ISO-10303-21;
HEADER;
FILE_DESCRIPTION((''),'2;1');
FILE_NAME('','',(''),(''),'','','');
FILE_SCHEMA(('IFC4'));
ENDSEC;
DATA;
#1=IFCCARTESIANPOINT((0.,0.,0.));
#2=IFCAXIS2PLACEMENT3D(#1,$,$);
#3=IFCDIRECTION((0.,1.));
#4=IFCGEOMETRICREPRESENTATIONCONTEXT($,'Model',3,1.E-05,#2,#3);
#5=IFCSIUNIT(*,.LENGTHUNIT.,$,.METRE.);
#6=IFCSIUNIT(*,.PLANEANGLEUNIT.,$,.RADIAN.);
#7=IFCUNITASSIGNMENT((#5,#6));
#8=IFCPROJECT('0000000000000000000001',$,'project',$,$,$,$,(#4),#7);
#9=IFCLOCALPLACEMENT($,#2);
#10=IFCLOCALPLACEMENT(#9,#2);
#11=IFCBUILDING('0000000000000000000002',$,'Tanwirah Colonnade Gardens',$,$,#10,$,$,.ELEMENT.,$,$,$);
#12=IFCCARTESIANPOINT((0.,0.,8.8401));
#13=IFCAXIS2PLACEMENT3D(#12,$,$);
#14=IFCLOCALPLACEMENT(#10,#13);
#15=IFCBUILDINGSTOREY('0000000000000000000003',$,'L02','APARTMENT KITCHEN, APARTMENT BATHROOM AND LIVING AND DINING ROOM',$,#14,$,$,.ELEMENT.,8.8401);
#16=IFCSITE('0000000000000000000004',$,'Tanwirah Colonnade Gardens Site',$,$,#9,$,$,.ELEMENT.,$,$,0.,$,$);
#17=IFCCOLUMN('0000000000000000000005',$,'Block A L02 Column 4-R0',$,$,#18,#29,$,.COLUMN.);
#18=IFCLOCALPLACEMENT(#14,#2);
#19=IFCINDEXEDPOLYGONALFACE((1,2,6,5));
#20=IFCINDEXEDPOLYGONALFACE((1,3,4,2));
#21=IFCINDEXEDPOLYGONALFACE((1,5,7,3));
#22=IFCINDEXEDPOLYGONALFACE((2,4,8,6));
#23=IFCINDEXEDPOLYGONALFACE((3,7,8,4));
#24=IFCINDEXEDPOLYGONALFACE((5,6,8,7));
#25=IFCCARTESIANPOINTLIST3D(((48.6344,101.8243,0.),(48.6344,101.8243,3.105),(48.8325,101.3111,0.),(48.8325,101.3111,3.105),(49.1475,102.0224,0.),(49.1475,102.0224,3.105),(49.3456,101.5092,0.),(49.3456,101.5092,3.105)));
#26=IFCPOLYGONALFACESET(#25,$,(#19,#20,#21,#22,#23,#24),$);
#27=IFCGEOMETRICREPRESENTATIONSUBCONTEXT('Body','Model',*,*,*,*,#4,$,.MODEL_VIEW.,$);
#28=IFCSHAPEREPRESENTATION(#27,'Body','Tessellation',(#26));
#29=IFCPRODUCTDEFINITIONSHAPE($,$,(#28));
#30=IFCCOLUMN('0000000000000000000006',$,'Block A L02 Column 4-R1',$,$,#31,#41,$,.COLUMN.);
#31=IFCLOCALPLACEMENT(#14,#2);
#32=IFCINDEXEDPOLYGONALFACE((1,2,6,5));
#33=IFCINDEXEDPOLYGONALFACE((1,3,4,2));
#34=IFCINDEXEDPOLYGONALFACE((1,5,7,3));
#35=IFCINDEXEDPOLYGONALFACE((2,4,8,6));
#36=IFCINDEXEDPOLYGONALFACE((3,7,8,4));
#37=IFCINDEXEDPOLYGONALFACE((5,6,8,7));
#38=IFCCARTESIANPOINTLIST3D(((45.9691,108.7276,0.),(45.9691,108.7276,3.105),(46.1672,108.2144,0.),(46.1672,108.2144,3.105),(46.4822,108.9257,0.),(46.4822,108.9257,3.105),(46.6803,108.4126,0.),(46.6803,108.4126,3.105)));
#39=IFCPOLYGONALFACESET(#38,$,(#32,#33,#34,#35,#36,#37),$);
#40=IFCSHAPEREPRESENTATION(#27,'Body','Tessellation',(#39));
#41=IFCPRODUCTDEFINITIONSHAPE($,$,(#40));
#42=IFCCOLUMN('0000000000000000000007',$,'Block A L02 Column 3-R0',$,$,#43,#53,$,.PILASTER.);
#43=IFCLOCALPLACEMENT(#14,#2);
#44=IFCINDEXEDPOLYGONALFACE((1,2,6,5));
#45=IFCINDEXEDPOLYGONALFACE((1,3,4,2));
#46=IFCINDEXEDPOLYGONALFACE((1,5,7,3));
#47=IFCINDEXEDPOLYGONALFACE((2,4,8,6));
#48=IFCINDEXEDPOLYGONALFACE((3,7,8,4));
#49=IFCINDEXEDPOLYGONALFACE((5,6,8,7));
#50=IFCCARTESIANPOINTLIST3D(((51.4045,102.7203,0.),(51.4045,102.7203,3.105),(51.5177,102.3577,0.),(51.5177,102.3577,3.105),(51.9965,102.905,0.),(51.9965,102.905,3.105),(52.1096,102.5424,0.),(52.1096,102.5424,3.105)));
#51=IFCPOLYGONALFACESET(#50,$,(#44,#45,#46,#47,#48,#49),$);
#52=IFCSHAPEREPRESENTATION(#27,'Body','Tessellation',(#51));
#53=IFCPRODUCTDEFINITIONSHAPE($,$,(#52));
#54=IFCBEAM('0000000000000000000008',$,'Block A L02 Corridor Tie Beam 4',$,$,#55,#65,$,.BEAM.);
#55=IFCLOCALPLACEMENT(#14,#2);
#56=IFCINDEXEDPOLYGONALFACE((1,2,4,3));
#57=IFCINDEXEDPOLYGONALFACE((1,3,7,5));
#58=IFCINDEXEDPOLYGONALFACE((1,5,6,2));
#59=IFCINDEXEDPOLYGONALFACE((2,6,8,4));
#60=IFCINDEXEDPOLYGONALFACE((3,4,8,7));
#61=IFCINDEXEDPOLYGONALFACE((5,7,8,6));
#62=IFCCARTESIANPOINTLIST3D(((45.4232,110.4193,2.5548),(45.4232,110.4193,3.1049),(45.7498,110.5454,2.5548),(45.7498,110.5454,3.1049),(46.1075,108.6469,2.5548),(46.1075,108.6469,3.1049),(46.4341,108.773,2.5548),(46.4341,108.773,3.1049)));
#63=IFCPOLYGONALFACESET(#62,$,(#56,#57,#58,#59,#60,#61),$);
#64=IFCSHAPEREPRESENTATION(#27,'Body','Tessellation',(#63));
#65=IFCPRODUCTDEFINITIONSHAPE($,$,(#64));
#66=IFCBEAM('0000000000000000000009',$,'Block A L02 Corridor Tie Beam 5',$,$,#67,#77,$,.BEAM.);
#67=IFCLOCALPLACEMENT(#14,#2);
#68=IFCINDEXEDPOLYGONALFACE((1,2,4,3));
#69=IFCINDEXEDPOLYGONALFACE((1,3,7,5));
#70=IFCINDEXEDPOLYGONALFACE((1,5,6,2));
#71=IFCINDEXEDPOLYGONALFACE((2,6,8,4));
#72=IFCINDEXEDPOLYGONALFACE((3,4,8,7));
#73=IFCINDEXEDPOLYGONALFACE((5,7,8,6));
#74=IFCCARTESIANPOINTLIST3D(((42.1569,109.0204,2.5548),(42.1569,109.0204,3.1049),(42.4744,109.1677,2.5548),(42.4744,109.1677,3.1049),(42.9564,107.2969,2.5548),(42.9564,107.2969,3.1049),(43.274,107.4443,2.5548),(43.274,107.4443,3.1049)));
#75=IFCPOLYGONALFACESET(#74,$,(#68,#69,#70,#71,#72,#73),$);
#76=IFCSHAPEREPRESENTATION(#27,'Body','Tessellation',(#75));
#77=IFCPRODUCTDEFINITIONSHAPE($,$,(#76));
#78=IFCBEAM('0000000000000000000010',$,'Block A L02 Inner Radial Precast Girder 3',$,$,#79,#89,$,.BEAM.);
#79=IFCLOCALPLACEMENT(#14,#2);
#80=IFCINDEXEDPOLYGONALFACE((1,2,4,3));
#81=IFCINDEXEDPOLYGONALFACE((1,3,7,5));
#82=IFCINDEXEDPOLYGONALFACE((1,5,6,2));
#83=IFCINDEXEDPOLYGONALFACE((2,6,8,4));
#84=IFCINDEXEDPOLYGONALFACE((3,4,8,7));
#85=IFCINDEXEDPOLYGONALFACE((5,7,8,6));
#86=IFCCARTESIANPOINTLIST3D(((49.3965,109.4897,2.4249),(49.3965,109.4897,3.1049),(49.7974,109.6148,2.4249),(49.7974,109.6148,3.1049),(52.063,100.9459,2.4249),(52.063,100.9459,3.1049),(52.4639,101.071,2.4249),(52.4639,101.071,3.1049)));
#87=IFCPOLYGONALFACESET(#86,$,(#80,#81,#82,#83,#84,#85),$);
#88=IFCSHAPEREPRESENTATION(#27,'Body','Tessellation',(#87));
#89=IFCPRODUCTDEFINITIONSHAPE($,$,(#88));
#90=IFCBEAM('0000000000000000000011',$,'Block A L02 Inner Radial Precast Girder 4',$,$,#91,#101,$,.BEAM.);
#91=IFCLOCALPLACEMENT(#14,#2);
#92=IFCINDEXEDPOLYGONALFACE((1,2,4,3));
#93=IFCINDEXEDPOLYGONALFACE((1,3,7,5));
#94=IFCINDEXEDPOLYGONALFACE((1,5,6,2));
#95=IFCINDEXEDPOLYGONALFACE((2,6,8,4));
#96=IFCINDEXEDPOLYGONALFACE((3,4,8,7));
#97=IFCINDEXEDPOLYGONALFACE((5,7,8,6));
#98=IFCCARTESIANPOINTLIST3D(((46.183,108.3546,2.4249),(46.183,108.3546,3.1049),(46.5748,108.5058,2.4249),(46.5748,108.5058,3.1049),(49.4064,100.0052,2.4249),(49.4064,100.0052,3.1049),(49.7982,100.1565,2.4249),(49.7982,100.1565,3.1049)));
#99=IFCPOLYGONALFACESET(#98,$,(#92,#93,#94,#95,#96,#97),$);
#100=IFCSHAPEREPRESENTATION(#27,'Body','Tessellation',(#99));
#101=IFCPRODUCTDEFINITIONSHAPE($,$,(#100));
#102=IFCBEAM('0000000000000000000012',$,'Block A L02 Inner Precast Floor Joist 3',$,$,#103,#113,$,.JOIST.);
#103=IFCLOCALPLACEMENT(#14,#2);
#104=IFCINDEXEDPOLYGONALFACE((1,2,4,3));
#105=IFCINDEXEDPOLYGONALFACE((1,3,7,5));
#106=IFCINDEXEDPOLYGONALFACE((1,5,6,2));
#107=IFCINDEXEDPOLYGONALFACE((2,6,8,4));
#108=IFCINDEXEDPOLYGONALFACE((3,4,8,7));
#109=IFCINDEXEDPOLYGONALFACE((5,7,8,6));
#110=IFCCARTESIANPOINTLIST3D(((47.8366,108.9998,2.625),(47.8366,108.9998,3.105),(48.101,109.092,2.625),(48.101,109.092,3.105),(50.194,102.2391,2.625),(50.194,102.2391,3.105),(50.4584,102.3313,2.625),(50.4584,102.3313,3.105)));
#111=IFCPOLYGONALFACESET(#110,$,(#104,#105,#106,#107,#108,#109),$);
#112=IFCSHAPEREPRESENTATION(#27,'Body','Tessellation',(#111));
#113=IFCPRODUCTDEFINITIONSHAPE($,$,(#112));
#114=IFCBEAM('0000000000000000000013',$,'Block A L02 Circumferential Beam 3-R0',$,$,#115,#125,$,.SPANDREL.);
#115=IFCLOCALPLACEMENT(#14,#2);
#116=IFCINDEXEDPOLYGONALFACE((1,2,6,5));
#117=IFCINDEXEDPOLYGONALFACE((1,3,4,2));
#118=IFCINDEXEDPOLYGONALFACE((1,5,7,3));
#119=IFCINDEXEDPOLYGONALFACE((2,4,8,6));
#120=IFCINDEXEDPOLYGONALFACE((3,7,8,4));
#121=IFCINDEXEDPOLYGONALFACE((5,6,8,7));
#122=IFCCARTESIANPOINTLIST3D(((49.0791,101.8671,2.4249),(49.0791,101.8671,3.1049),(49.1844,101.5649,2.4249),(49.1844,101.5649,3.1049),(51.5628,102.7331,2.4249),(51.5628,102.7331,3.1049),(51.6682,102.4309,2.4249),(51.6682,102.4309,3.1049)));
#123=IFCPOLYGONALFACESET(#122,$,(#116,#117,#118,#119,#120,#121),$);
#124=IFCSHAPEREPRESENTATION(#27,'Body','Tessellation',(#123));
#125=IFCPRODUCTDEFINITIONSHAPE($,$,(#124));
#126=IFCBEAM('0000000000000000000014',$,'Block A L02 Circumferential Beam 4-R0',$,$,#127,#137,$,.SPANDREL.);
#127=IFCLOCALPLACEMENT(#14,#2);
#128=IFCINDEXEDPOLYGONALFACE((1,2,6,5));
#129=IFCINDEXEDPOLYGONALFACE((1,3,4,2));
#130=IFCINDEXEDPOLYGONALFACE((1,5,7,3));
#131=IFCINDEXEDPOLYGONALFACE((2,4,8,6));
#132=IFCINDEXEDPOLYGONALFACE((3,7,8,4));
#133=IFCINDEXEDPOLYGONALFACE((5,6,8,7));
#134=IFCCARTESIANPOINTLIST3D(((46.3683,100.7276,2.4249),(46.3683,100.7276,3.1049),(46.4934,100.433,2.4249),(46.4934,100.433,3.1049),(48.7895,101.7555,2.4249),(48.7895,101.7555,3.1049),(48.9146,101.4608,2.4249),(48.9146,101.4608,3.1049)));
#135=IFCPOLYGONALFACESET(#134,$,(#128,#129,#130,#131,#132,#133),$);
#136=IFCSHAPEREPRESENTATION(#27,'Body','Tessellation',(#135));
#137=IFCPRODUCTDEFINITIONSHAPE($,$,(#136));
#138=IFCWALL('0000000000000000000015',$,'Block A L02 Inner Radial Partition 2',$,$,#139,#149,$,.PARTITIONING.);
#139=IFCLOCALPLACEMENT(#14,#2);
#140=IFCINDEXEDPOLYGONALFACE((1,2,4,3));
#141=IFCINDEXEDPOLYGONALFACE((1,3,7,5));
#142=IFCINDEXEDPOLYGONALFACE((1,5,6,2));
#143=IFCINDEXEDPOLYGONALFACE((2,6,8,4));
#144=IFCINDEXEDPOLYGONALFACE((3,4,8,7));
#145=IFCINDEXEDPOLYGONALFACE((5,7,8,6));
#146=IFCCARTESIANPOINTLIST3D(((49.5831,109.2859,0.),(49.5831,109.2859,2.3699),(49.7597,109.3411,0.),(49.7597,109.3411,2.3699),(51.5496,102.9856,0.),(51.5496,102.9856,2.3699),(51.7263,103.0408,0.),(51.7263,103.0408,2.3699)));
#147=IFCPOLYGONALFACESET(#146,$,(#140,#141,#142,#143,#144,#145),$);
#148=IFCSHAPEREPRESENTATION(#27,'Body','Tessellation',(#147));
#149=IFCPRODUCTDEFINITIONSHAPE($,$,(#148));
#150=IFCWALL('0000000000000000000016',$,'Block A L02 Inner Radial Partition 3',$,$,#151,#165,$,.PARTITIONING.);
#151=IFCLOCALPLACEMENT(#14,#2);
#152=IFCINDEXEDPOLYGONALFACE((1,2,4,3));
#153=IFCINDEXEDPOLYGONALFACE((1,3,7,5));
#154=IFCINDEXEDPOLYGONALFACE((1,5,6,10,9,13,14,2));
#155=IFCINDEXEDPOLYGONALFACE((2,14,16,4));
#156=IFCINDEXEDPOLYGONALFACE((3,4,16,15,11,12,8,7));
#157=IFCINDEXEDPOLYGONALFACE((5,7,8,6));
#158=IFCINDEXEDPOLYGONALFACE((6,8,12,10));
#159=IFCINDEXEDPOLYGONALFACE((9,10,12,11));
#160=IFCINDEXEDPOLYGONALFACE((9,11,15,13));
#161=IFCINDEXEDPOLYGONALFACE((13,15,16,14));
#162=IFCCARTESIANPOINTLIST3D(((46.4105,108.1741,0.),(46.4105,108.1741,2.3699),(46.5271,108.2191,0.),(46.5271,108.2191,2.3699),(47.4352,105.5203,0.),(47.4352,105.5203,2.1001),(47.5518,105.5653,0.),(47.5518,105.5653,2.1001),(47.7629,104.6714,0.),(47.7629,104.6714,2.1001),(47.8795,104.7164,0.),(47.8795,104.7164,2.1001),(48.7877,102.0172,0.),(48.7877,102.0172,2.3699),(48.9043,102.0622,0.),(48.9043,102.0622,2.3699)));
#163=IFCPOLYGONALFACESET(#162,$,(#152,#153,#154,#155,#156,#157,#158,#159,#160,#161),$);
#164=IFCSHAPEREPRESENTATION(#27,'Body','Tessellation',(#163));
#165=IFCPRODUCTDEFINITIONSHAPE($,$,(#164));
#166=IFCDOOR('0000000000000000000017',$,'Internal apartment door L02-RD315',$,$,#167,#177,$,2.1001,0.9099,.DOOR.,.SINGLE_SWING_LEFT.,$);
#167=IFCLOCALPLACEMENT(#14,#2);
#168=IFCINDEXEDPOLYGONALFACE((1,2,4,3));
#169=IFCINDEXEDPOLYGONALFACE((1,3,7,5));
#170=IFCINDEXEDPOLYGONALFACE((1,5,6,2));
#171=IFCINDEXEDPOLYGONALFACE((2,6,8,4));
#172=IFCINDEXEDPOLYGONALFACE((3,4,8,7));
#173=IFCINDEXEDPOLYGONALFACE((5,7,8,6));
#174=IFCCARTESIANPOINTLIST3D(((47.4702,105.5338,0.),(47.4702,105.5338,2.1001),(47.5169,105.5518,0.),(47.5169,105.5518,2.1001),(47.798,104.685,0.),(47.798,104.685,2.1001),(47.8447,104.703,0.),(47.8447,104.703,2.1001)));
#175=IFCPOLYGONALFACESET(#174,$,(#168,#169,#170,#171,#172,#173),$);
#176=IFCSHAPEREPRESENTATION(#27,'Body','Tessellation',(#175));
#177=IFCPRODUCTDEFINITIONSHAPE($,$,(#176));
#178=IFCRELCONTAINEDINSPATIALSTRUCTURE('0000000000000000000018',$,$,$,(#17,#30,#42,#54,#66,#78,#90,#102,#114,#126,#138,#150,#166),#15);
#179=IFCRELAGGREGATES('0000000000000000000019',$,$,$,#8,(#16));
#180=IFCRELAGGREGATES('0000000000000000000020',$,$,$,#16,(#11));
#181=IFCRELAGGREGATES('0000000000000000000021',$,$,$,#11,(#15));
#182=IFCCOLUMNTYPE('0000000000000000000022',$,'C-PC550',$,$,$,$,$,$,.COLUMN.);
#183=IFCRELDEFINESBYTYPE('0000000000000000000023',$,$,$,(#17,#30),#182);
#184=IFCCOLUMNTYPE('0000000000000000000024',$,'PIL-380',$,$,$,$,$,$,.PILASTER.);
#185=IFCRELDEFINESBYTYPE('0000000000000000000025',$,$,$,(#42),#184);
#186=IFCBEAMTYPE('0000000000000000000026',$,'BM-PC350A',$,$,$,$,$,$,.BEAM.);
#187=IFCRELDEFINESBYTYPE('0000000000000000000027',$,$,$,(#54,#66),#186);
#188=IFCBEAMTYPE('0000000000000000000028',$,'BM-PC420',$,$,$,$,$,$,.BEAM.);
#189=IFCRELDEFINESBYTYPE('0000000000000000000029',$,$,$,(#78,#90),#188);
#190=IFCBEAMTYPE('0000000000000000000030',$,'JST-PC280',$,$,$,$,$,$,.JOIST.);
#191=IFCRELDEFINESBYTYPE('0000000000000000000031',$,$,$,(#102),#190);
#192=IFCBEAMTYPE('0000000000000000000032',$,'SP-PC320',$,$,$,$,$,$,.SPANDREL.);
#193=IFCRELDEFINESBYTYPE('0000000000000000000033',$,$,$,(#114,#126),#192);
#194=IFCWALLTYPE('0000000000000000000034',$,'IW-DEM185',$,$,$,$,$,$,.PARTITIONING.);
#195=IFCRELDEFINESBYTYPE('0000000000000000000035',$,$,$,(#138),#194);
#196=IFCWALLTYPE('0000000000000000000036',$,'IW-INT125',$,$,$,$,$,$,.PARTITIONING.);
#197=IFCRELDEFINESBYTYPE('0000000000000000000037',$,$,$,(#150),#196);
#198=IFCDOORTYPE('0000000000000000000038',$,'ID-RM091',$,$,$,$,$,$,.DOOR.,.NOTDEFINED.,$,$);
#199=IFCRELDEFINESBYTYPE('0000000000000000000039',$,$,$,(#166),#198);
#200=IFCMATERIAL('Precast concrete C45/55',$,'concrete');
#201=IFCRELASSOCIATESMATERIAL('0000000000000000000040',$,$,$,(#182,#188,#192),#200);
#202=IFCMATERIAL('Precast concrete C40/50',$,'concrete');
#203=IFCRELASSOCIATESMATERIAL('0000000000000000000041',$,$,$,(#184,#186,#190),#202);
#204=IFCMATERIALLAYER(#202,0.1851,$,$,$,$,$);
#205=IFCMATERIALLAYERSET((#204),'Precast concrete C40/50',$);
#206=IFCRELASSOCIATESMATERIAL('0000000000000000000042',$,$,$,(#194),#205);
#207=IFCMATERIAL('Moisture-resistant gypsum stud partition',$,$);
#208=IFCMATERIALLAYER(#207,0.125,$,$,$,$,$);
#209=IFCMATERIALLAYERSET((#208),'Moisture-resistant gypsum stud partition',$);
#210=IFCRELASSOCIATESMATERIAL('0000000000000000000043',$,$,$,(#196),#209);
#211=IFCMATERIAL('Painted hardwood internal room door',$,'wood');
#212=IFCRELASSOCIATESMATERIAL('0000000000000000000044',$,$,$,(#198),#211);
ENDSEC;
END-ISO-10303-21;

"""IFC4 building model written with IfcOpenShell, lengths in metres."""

from ifc_helpers import new_model, si_unit, direction, frame, frame_2d, origin, origin_2d, place, context, subcontext, project, spatial, rectangle, extrude, material, layer, layer_set, material_profile, profile_set, type_object, element, fill, save


model = new_model("IFC4")

# Units and contexts
model_context = context("Model", 3, precision=1e-05, world=origin(), true_north=direction((0.0, 1.0)))
body_context = subcontext(model_context, "Body", "Model", "MODEL_VIEW")
ifc_project = project(units=[si_unit("LENGTHUNIT", "METRE"), si_unit("PLANEANGLEUNIT", "RADIAN")], contexts=[model_context])

# Site, building, storey
site_placement = place(None, origin())
site = spatial("IfcSite", under=ifc_project, at=site_placement, Name="Tanwirah Colonnade Gardens Site", CompositionType="ELEMENT", RefElevation=0.0)
building_placement = place(site_placement, origin())
building = spatial("IfcBuilding", under=site, at=building_placement, Name="Tanwirah Colonnade Gardens", CompositionType="ELEMENT")
storey_placement = place(building_placement, frame((0.0, 0.0, 8.8401)))
storey = spatial("IfcBuildingStorey", under=building, at=storey_placement, Name="L02", Description="APARTMENT KITCHEN, APARTMENT BATHROOM AND LIVING AND DINING ROOM", CompositionType="ELEMENT", Elevation=8.8401)

# Columns
ifc_material_1 = material(Name="Precast concrete C45/55", Category="concrete")
ifc_material_profile_1 = material_profile(ifc_material_1, rectangle(XDim=0.55, YDim=0.55, at=origin_2d()), Name="PC-COL 550x550")
ifc_profile_set_1 = profile_set([ifc_material_profile_1], Name="Precast concrete C45/55")
column_type_1 = type_object("IfcColumnType", Name="C-PC550", PredefinedType="COLUMN", material=ifc_profile_set_1)
for number, where, z_axis, x_axis, name in (
    (1, (48.99, 101.6667, 0.0), (0.0, 0.0, 1.0), (-0.360178, 0.932884, 0.0), "Block A L02 Column 4-R0"),
    (2, (46.3247, 108.5701, 0.0), (0.0, 0.0, 1.0), (-0.360178, 0.932884, 0.0), "Block A L02 Column 4-R1"),
):
    element("IfcColumn", number, at=place(storey_placement, frame(where, z_axis=z_axis, x_axis=x_axis)), inside=storey, type_object=column_type_1, Name=name, PredefinedType="COLUMN", context=body_context, shape_type="SweptSolid", body=[
        extrude(rectangle(XDim=0.55, YDim=0.55, at=origin_2d()), origin(), (0.0, 0.0, 1.0), 3.105),
    ])
ifc_material_2 = material(Name="Precast concrete C40/50", Category="concrete")
ifc_material_profile_2 = material_profile(ifc_material_2, rectangle(XDim=0.3799, YDim=0.6201, at=origin_2d()), Name="PC-PIL 380x620")
ifc_profile_set_2 = profile_set([ifc_material_profile_2], Name="Precast concrete C40/50")
column_type_2 = type_object("IfcColumnType", Name="PIL-380", PredefinedType="PILASTER", material=ifc_profile_set_2)
column_placement = place(storey_placement, frame((51.7571, 102.6313, 0.0), z_axis=(0.0, 0.0, 1.0), x_axis=(-0.29793, 0.954588, 0.0)))
element("IfcColumn", 3, at=column_placement, inside=storey, type_object=column_type_2, Name="Block A L02 Column 3-R0", PredefinedType="PILASTER", context=body_context, shape_type="SweptSolid", body=[
    extrude(rectangle(XDim=0.3799, YDim=0.6201, at=origin_2d()), origin(), (0.0, 0.0, 1.0), 3.105),
])

# Beams
ifc_material_profile_3 = material_profile(ifc_material_2, rectangle(XDim=0.3501, YDim=0.55, at=origin_2d()), Name="PC-BM 350x550")
ifc_profile_set_3 = profile_set([ifc_material_profile_3], Name="Precast concrete C40/50")
beam_type_1 = type_object("IfcBeamType", Name="BM-PC350A", PredefinedType="BEAM", material=ifc_profile_set_3)
for number, where, z_axis, x_axis, name in (
    (4, (46.2708, 108.71, 2.8298), (-0.360176, 0.932885, 0.0), (-0.932885, -0.360176, 0.0), "Block A L02 Corridor Tie Beam 4"),
    (5, (43.1152, 107.3706, 2.8298), (-0.420858, 0.907126, 0.0), (-0.907126, -0.420858, 0.0), "Block A L02 Corridor Tie Beam 5"),
):
    element("IfcBeam", number, at=place(storey_placement, frame(where, z_axis=z_axis, x_axis=x_axis)), inside=storey, type_object=beam_type_1, Name=name, PredefinedType="BEAM", context=body_context, shape_type="SweptSolid", body=[
        extrude(rectangle(XDim=0.3501, YDim=0.55, at=origin_2d()), origin(), (0.0, 0.0, 1.0), 1.8999),
    ])
ifc_material_profile_4 = material_profile(ifc_material_1, rectangle(XDim=0.4199, YDim=0.6799, at=origin_2d()), Name="PC-BM 420x680")
ifc_profile_set_4 = profile_set([ifc_material_profile_4], Name="Precast concrete C45/55")
beam_type_2 = type_object("IfcBeamType", Name="BM-PC420", PredefinedType="BEAM", material=ifc_profile_set_4)
beam_1_placement = place(storey_placement, frame((49.5969, 109.5522, 2.7649), z_axis=(0.297929, -0.954588, 0.0), x_axis=(0.954588, 0.297929, 0.0)))
element("IfcBeam", 6, at=beam_1_placement, inside=storey, type_object=beam_type_2, Name="Block A L02 Inner Radial Precast Girder 3", PredefinedType="BEAM", context=body_context, shape_type="SweptSolid", body=[
    extrude(rectangle(XDim=0.4199, YDim=0.6799, at=origin_2d()), origin(), (0.0, 0.0, 1.0), 8.9502),
])
beam_2_placement = place(storey_placement, frame((46.3789, 108.4302, 2.7649), z_axis=(0.360156, -0.932892, 0.0), x_axis=(0.932892, 0.360156, 0.0)))
element("IfcBeam", 7, at=beam_2_placement, inside=storey, type_object=beam_type_2, Name="Block A L02 Inner Radial Precast Girder 4", PredefinedType="BEAM", context=body_context, shape_type="SweptSolid", body=[
    extrude(rectangle(XDim=0.4199, YDim=0.6799, at=origin_2d()), origin(), (0.0, 0.0, 1.0), 8.95),
])
ifc_material_profile_5 = material_profile(ifc_material_2, rectangle(XDim=0.28, YDim=0.48, at=origin_2d()), Name="PC-JST 280x480")
ifc_profile_set_5 = profile_set([ifc_material_profile_5], Name="Precast concrete C40/50")
beam_type_3 = type_object("IfcBeamType", Name="JST-PC280", PredefinedType="JOIST", material=ifc_profile_set_5)
beam_3_placement = place(storey_placement, frame((50.3262, 102.2852, 2.865), z_axis=(-0.329251, 0.944243, 0.0), x_axis=(-0.944243, -0.329251, 0.0)))
element("IfcBeam", 8, at=beam_3_placement, inside=storey, type_object=beam_type_3, Name="Block A L02 Inner Precast Floor Joist 3", PredefinedType="JOIST", context=body_context, shape_type="SweptSolid", body=[
    extrude(rectangle(XDim=0.28, YDim=0.48, at=origin_2d()), origin(), (0.0, 0.0, 1.0), 7.1599),
])
ifc_material_profile_6 = material_profile(ifc_material_1, rectangle(XDim=0.3201, YDim=0.6799, at=origin_2d()), Name="PC-SP 320x680")
ifc_profile_set_6 = profile_set([ifc_material_profile_6], Name="Precast concrete C45/55")
beam_type_4 = type_object("IfcBeamType", Name="SP-PC320", PredefinedType="SPANDREL", material=ifc_profile_set_6)
for number, where, z_axis, x_axis, name in (
    (9, (51.6155, 102.582, 2.7649), (-0.94425, -0.32923, 0.0), (0.32923, -0.94425, 0.0), "Block A L02 Circumferential Beam 3-R0"),
    (10, (48.8521, 101.6082, 2.7649), (-0.920489, -0.390769, 0.0), (0.390769, -0.920489, 0.0), "Block A L02 Circumferential Beam 4-R0"),
):
    element("IfcBeam", number, at=place(storey_placement, frame(where, z_axis=z_axis, x_axis=x_axis)), inside=storey, type_object=beam_type_4, Name=name, PredefinedType="SPANDREL", context=body_context, shape_type="SweptSolid", body=[
        extrude(rectangle(XDim=0.3201, YDim=0.6799, at=origin_2d()), origin(), (0.0, 0.0, 1.0), 2.6304),
    ])

# Wall
ifc_layer_1 = layer(ifc_material_2, 0.1851)
ifc_layer_set_1 = layer_set([ifc_layer_1], Name="Precast concrete C40/50")
wall_type_1 = type_object("IfcWallType", Name="IW-DEM185", PredefinedType="PARTITIONING", material=ifc_layer_set_1)
wall_1_placement = place(storey_placement, frame((51.6379, 103.0132, 0.0), z_axis=(0.0, 0.0, 1.0), x_axis=(-0.297959, 0.954579, 0.0)))
element("IfcWall", 11, at=wall_1_placement, inside=storey, type_object=wall_type_1, Name="Block A L02 Inner Radial Partition 2", PredefinedType="PARTITIONING", context=body_context, shape_type="SweptSolid", body=[
    extrude(rectangle(XDim=6.6001, YDim=0.1851, at=frame_2d((3.3, 0.0))), origin(), (0.0, 0.0, 1.0), 2.3699),
])

# Wall, opening, door
ifc_material_3 = material(Name="Moisture-resistant gypsum stud partition")
ifc_layer_2 = layer(ifc_material_3, 0.125)
ifc_layer_set_2 = layer_set([ifc_layer_2], Name="Moisture-resistant gypsum stud partition")
wall_type_2 = type_object("IfcWallType", Name="IW-INT125", PredefinedType="PARTITIONING", material=ifc_layer_set_2)
wall_2_placement = place(storey_placement, frame((48.8459, 102.0398, 0.0), z_axis=(0.0, 0.0, 1.0), x_axis=(-0.360183, 0.932881, 0.0)))
wall_2 = element("IfcWall", 12, at=wall_2_placement, inside=storey, type_object=wall_type_2, Name="Block A L02 Inner Radial Partition 3", PredefinedType="PARTITIONING", context=body_context, shape_type="SweptSolid", body=[
    extrude(rectangle(XDim=6.5999, YDim=0.125, at=frame_2d((3.2998, 0.0))), origin(), (0.0, 0.0, 1.0), 2.3699),
])
opening_1_placement = place(wall_2_placement, frame((2.845, 0.0, 0.0)))
opening_1 = element("IfcOpeningElement", 13, at=opening_1_placement, cuts=wall_2, PredefinedType="OPENING", context=body_context, shape_type="SweptSolid", body=[
    extrude(rectangle(XDim=0.9099, YDim=2.1001, at=frame_2d((0.4551, 1.05))), frame((0.0, 0.0725, 0.0), z_axis=(0.0, -1.0, 0.0), x_axis=(1.0, 0.0, 0.0)), (0.0, 0.0, 1.0), 0.145),
])
ifc_material_4 = material(Name="Painted hardwood internal room door", Category="wood")
door_type_1 = type_object("IfcDoorType", Name="ID-RM091", OperationType="NOTDEFINED", PredefinedType="DOOR", material=ifc_material_4)
door_1_placement = place(opening_1_placement, origin())
door_1 = element("IfcDoor", 14, at=door_1_placement, inside=storey, type_object=door_type_1, Name="Internal apartment door L02-RD315", OperationType="SINGLE_SWING_LEFT", OverallHeight=2.1001, OverallWidth=0.9099, PredefinedType="DOOR", context=body_context, shape_type="SweptSolid", body=[
    extrude(rectangle(XDim=0.9099, YDim=2.1001, at=frame_2d((0.4551, 1.05))), frame((0.0, 0.0249, 0.0), z_axis=(0.0, -1.0, 0.0), x_axis=(1.0, 0.0, 0.0)), (0.0, 0.0, 1.0), 0.05),
])
fill(opening_1, door_1)

save(model, "model.ifc")
